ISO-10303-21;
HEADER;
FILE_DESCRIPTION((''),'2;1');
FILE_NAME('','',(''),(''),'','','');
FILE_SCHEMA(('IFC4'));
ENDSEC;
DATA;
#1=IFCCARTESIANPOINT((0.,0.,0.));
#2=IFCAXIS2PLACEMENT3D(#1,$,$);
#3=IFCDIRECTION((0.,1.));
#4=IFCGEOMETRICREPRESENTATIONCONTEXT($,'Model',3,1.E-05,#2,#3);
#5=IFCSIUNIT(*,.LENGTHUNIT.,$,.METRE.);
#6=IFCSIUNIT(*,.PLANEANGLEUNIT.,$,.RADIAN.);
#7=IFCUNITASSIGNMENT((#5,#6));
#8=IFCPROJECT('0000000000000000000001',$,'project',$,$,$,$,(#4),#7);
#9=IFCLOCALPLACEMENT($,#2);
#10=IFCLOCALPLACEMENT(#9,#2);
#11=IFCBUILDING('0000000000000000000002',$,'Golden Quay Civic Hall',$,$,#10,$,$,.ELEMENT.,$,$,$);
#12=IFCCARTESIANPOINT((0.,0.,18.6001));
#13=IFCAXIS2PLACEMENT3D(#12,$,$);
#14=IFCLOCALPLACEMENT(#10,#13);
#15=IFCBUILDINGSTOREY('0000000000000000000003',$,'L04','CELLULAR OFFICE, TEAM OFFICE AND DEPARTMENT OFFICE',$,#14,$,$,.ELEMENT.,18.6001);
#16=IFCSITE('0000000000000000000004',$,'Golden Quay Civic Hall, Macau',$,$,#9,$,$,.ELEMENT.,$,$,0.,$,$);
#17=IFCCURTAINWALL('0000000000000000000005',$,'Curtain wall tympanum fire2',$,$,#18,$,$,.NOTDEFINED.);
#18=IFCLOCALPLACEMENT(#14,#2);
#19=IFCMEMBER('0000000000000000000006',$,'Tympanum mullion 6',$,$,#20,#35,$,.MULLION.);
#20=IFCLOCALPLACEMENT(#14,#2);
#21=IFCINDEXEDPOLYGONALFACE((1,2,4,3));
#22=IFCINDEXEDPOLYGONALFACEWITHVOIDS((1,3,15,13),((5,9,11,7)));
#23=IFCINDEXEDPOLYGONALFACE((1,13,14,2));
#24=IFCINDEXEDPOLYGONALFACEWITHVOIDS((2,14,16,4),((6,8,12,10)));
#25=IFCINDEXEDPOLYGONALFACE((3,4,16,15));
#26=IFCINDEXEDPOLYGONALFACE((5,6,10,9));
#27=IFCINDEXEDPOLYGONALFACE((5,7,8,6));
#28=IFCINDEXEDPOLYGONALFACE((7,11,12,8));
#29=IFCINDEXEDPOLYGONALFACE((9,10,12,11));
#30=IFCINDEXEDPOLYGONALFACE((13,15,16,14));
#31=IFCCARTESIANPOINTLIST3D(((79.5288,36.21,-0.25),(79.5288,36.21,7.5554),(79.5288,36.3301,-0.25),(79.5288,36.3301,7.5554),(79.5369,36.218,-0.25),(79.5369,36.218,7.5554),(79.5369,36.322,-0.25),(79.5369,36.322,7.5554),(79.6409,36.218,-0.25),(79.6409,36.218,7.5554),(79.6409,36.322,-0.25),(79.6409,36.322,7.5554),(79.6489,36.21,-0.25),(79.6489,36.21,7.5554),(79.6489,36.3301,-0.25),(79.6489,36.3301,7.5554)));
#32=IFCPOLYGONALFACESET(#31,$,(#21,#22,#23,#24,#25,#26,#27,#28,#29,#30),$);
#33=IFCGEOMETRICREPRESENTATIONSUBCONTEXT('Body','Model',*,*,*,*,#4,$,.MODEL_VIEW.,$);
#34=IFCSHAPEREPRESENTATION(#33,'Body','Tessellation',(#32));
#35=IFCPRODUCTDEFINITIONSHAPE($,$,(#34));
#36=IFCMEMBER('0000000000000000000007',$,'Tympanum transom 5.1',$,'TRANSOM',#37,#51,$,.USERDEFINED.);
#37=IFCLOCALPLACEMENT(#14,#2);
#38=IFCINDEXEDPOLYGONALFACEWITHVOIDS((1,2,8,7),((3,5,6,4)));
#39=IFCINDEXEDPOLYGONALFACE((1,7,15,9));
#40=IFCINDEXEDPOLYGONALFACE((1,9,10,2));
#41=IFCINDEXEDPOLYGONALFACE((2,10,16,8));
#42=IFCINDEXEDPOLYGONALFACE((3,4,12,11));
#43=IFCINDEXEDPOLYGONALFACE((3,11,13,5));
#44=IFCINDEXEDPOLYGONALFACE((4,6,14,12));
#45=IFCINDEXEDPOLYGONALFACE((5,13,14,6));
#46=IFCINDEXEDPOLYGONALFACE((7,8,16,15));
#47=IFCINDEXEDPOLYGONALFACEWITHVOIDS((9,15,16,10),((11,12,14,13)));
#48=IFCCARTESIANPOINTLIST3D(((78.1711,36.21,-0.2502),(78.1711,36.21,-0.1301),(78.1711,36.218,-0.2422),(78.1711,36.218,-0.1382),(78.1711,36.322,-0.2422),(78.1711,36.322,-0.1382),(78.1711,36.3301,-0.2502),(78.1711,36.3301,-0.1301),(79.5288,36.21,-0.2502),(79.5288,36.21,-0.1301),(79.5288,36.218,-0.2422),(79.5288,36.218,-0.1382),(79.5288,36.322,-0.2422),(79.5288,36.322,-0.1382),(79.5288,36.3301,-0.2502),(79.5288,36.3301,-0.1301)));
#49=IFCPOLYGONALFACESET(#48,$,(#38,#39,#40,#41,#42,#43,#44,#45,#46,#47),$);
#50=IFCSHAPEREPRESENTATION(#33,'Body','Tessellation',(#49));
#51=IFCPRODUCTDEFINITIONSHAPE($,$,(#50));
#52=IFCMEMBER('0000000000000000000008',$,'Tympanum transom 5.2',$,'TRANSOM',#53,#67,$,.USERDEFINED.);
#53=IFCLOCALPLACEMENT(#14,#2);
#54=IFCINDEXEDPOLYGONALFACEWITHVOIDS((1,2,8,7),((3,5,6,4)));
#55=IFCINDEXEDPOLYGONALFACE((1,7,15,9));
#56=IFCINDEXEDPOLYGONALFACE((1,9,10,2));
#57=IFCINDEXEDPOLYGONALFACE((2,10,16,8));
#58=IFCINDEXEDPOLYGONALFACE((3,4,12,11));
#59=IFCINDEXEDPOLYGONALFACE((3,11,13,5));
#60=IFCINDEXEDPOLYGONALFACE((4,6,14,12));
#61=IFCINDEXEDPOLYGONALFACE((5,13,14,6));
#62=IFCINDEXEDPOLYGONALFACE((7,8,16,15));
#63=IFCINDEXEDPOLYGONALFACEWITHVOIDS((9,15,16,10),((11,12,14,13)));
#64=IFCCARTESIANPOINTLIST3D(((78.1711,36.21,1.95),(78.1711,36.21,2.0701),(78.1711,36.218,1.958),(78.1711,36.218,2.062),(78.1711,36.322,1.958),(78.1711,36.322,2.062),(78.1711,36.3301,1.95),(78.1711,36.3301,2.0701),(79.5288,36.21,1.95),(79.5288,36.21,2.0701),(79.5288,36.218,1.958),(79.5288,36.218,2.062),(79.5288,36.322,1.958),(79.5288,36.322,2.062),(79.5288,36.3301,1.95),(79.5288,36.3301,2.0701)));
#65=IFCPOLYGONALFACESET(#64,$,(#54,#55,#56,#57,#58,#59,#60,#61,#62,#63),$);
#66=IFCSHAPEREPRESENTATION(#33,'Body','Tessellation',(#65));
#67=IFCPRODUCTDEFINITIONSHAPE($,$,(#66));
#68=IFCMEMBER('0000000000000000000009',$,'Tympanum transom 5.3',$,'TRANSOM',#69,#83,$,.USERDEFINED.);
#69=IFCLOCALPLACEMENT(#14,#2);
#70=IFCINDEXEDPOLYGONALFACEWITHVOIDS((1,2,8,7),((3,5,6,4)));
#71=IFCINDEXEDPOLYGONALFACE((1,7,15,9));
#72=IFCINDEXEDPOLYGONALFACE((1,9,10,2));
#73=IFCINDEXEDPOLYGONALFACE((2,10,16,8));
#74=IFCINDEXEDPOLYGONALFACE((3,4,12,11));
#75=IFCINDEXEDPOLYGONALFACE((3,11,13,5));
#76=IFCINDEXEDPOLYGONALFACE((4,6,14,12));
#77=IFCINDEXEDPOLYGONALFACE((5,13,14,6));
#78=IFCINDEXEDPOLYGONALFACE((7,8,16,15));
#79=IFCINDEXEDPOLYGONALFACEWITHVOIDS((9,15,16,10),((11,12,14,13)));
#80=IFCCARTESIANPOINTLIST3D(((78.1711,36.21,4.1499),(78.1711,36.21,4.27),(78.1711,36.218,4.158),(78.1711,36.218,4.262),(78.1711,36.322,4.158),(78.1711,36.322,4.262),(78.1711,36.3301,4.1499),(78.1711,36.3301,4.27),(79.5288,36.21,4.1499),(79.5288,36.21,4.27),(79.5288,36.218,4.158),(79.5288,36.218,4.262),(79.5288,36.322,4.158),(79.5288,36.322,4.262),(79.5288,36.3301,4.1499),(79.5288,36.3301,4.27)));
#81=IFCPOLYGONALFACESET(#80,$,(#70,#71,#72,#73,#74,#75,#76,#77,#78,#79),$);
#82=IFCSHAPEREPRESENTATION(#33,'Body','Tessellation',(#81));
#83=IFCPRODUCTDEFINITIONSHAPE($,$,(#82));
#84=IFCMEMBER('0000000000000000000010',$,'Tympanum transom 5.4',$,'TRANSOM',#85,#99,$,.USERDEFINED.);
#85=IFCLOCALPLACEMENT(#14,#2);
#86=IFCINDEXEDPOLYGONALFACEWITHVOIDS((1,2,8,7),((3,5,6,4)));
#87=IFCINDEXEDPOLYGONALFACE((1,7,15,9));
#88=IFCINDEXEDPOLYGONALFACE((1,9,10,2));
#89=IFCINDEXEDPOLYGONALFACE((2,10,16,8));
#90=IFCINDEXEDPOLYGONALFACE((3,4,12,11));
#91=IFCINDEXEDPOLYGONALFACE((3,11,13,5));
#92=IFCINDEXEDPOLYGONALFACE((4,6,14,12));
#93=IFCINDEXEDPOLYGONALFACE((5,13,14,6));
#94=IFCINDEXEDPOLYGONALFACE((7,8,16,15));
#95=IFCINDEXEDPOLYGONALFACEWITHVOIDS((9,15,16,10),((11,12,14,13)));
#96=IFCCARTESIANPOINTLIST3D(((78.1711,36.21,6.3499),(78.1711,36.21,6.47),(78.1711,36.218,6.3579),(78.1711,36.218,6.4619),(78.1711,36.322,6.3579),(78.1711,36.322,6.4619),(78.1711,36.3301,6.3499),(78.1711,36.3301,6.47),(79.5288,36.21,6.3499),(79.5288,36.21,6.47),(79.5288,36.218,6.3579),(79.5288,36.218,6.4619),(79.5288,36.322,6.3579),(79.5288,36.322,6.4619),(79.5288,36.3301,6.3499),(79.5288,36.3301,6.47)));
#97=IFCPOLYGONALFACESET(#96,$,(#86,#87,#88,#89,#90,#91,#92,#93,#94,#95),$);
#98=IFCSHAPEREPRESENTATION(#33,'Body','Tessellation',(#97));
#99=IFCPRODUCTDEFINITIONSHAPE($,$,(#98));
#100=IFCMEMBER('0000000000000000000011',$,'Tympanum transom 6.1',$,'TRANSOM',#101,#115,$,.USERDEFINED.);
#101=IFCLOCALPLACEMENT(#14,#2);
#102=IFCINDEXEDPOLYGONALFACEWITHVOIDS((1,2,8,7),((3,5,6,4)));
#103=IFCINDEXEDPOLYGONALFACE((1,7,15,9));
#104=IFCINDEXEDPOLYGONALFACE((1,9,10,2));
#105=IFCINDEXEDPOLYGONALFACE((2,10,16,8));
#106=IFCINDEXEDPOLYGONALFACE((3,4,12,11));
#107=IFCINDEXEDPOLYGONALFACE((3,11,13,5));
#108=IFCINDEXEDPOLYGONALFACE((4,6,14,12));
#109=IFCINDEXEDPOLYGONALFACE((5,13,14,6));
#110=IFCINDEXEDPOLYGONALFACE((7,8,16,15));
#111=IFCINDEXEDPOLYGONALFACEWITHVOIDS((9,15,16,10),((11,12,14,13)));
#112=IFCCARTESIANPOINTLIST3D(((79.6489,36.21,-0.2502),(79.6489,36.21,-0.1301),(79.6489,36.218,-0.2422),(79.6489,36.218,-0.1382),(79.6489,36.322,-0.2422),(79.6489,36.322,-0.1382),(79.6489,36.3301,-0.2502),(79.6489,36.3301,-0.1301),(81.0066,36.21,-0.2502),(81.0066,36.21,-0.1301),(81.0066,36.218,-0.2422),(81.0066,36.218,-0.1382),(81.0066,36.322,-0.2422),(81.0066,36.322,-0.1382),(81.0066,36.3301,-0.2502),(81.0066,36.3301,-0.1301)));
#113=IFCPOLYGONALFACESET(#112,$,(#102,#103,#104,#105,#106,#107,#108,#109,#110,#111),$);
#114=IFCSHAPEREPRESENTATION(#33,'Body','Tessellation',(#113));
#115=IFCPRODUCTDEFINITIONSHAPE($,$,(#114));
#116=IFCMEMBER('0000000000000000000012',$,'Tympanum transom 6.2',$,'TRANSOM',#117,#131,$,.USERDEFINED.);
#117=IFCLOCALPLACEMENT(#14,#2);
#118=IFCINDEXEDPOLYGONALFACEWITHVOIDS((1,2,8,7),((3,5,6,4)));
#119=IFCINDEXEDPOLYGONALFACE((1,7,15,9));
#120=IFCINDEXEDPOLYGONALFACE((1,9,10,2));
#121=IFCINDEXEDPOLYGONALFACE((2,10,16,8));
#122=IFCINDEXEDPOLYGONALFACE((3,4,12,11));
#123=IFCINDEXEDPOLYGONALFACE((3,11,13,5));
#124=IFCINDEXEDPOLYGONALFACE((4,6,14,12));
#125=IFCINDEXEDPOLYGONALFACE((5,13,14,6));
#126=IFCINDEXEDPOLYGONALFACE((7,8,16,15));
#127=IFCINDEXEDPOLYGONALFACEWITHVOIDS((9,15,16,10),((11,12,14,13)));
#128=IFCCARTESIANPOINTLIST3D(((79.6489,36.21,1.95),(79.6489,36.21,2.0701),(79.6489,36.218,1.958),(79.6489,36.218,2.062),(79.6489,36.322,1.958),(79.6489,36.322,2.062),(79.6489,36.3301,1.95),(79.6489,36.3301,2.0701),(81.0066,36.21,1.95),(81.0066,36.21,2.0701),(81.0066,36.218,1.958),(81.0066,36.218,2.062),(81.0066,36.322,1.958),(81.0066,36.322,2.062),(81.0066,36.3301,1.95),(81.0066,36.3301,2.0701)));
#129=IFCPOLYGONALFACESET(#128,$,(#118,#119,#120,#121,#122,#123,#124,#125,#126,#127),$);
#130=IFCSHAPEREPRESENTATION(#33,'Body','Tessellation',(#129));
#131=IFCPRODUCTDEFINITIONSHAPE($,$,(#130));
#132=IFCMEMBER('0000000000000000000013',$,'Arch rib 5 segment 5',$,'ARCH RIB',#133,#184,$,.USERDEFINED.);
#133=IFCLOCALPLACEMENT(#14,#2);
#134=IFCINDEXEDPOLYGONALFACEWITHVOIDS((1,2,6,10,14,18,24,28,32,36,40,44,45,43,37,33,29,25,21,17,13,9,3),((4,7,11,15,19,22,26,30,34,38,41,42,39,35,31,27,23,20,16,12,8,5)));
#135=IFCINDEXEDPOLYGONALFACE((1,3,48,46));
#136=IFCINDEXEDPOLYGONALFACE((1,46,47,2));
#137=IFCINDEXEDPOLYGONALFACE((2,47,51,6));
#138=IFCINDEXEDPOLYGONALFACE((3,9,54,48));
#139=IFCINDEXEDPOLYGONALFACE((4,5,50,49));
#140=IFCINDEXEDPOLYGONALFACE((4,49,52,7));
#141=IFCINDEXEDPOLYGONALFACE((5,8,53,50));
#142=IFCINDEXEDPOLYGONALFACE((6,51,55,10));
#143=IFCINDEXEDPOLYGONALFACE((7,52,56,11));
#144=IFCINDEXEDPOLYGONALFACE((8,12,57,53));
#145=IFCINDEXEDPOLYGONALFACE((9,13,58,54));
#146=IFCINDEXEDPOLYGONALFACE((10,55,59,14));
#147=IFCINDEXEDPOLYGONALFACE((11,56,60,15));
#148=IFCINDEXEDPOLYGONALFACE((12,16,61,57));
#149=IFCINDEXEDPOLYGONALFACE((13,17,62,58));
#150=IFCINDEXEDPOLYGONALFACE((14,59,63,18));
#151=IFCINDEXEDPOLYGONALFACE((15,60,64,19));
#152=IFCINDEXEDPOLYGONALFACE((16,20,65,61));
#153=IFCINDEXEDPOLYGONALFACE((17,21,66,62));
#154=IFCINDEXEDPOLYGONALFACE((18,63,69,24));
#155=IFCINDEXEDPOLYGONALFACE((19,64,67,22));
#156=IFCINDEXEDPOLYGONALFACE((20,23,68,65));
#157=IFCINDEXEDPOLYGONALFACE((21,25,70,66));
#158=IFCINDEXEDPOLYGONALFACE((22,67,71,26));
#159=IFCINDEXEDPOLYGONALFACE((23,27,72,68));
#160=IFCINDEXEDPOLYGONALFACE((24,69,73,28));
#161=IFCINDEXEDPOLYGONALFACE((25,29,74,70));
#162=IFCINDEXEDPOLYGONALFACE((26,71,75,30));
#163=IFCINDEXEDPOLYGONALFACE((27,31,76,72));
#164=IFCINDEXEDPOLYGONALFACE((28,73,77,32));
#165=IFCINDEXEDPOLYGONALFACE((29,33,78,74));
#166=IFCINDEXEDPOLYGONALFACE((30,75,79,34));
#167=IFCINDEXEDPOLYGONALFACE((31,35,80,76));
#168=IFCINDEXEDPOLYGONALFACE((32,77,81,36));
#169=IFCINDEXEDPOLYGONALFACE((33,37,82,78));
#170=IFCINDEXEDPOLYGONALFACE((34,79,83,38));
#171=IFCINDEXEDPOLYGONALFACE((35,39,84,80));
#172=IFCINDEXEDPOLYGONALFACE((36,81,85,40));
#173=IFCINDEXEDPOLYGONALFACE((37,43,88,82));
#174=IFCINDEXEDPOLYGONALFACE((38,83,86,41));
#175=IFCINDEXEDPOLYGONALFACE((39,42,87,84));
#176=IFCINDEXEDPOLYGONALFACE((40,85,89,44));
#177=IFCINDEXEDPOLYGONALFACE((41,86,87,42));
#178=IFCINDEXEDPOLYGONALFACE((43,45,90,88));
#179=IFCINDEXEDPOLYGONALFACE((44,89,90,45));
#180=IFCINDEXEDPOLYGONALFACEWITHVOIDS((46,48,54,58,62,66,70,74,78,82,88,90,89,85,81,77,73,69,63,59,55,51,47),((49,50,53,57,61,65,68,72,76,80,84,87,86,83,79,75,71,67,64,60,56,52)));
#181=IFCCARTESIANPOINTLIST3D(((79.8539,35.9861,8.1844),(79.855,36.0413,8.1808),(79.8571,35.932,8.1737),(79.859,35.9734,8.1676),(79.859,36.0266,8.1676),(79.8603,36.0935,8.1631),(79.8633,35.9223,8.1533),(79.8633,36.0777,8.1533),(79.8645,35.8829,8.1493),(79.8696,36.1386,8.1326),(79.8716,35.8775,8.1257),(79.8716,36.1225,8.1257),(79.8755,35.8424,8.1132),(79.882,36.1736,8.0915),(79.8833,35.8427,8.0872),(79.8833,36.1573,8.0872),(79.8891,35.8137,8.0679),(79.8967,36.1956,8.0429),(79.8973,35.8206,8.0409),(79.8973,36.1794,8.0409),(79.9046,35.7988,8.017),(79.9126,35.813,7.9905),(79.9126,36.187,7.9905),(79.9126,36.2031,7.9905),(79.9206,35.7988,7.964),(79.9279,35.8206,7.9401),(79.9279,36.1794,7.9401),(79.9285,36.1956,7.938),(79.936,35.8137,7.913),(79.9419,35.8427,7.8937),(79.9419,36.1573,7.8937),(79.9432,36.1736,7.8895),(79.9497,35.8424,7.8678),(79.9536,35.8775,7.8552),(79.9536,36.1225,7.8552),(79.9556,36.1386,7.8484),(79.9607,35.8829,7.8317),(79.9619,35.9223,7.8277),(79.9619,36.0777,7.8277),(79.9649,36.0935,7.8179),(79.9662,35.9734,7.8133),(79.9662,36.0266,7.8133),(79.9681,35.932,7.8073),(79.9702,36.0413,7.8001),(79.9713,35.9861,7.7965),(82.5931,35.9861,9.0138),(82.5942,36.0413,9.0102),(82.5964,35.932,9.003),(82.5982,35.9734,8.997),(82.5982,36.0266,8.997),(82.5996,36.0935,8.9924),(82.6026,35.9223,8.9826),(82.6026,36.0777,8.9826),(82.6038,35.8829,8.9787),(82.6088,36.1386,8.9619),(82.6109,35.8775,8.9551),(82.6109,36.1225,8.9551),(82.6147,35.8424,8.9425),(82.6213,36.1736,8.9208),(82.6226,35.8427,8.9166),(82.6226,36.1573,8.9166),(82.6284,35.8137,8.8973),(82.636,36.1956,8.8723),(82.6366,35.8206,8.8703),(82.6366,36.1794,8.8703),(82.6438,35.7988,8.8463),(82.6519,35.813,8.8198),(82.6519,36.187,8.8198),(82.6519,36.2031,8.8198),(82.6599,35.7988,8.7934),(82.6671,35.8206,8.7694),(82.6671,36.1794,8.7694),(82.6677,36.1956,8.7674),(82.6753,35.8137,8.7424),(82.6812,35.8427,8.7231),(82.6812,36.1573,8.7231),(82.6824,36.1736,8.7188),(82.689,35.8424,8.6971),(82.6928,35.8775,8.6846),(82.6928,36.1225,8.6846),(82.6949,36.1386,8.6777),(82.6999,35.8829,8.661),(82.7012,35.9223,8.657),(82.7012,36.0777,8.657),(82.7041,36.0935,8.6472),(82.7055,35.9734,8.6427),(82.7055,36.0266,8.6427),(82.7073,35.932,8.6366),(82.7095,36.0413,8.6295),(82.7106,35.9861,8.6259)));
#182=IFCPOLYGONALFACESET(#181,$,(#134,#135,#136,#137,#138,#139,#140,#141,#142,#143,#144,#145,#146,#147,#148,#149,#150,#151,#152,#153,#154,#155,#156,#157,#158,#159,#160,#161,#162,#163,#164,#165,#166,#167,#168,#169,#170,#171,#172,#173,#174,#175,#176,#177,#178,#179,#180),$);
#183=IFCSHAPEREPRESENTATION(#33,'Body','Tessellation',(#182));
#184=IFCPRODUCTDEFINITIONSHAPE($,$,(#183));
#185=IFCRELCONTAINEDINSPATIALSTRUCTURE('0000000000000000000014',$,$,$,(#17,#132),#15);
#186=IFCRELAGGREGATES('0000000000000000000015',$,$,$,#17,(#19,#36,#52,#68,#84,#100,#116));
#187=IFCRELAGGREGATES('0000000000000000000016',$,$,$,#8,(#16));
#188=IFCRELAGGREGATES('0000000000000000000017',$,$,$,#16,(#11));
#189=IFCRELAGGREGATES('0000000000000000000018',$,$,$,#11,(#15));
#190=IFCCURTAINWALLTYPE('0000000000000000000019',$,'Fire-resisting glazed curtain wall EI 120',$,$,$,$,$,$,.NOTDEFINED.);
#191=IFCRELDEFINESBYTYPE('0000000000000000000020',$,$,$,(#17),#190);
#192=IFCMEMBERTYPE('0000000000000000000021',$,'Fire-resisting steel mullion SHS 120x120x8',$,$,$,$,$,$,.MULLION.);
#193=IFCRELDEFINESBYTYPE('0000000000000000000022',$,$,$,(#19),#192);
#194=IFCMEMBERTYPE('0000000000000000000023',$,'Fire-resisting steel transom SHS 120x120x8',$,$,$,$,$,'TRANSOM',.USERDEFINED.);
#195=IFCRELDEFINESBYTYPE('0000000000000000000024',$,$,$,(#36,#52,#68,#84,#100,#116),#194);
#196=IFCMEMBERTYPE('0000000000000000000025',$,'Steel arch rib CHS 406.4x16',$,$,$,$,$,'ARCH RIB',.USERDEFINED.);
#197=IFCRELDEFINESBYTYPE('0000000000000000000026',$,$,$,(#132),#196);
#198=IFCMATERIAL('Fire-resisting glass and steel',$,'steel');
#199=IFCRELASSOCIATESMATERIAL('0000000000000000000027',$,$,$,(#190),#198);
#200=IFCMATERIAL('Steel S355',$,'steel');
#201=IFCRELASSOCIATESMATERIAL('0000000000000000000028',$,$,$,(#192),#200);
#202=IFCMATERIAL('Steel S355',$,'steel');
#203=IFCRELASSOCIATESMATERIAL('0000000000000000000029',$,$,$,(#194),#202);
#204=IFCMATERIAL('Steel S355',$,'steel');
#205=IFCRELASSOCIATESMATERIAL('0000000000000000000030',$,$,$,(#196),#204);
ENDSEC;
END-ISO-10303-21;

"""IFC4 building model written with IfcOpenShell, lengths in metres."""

from ifc_helpers import new_model, si_unit, direction, frame, origin, origin_2d, place, context, subcontext, project, spatial, hollow_rectangle, hollow_circle, extrude, material, material_profile, profile_set, type_object, element, aggregate, save


model = new_model("IFC4")

# Units and contexts
model_context = context("Model", 3, precision=1e-05, world=origin(), true_north=direction((0.0, 1.0)))
body_context = subcontext(model_context, "Body", "Model", "MODEL_VIEW")
ifc_project = project(units=[si_unit("LENGTHUNIT", "METRE"), si_unit("PLANEANGLEUNIT", "RADIAN")], contexts=[model_context])

# Site, building, storey
site_placement = place(None, origin())
site = spatial("IfcSite", under=ifc_project, at=site_placement, Name="Golden Quay Civic Hall, Macau", CompositionType="ELEMENT", RefElevation=0.0)
building_placement = place(site_placement, origin())
building = spatial("IfcBuilding", under=site, at=building_placement, Name="Golden Quay Civic Hall", CompositionType="ELEMENT")
storey_placement = place(building_placement, frame((0.0, 0.0, 18.6001)))
storey = spatial("IfcBuildingStorey", under=building, at=storey_placement, Name="L04", Description="CELLULAR OFFICE, TEAM OFFICE AND DEPARTMENT OFFICE", CompositionType="ELEMENT", Elevation=18.6001)

# Curtain wall, members
ifc_material_1 = material(Name="Fire-resisting glass and steel", Category="steel")
curtain_wall_type = type_object("IfcCurtainWallType", Name="Fire-resisting glazed curtain wall EI 120", PredefinedType="NOTDEFINED", material=ifc_material_1)
curtain_wall_placement = place(storey_placement, origin())
curtain_wall = element("IfcCurtainWall", 1, at=curtain_wall_placement, inside=storey, type_object=curtain_wall_type, Name="Curtain wall tympanum fire2", PredefinedType="NOTDEFINED")
ifc_material_2 = material(Name="Steel S355", Category="steel")
ifc_material_profile_1 = material_profile(ifc_material_2, hollow_rectangle(XDim=0.1201, YDim=0.1201, WallThickness=0.0081, at=origin_2d()), Name="SHS 120x120x8")
ifc_profile_set_1 = profile_set([ifc_material_profile_1], Name="Steel S355")
member_type_1 = type_object("IfcMemberType", Name="Fire-resisting steel mullion SHS 120x120x8", PredefinedType="MULLION", material=ifc_profile_set_1)
member_1_placement = place(storey_placement, frame((79.5889, 36.27, -0.25), z_axis=(0.0, 0.0, 1.0), x_axis=(0.0, 1.0, 0.0)))
member_1 = element("IfcMember", 2, at=member_1_placement, type_object=member_type_1, Name="Tympanum mullion 6", PredefinedType="MULLION", context=body_context, shape_type="SweptSolid", body=[
    extrude(hollow_rectangle(XDim=0.1201, YDim=0.1201, WallThickness=0.0081, at=origin_2d()), origin(), (0.0, 0.0, 1.0), 7.8054),
])
ifc_material_3 = material(Name="Steel S355", Category="steel")
ifc_material_profile_2 = material_profile(ifc_material_3, hollow_rectangle(XDim=0.1201, YDim=0.1201, WallThickness=0.0081, at=origin_2d()), Name="SHS 120x120x8")
ifc_profile_set_2 = profile_set([ifc_material_profile_2], Name="Steel S355")
member_type_2 = type_object("IfcMemberType", Name="Fire-resisting steel transom SHS 120x120x8", ElementType="TRANSOM", PredefinedType="USERDEFINED", material=ifc_profile_set_2)
member_2_placement = place(storey_placement, frame((78.1711, 36.27, -0.1902), z_axis=(1.0, 0.0, 0.0), x_axis=(0.0, 1.0, 0.0)))
member_2 = element("IfcMember", 3, at=member_2_placement, type_object=member_type_2, Name="Tympanum transom 5.1", ObjectType="TRANSOM", PredefinedType="USERDEFINED", context=body_context, shape_type="SweptSolid", body=[
    extrude(hollow_rectangle(XDim=0.1201, YDim=0.1201, WallThickness=0.0081, at=origin_2d()), origin(), (0.0, 0.0, 1.0), 1.3577),
])
member_3_placement = place(storey_placement, frame((78.1711, 36.27, 2.01), z_axis=(1.0, 0.0, 0.0), x_axis=(0.0, 1.0, 0.0)))
member_3 = element("IfcMember", 4, at=member_3_placement, type_object=member_type_2, Name="Tympanum transom 5.2", ObjectType="TRANSOM", PredefinedType="USERDEFINED", context=body_context, shape_type="SweptSolid", body=[
    extrude(hollow_rectangle(XDim=0.1201, YDim=0.1201, WallThickness=0.0081, at=origin_2d()), origin(), (0.0, 0.0, 1.0), 1.3577),
])
member_4_placement = place(storey_placement, frame((78.1711, 36.27, 4.21), z_axis=(1.0, 0.0, 0.0), x_axis=(0.0, 1.0, 0.0)))
member_4 = element("IfcMember", 5, at=member_4_placement, type_object=member_type_2, Name="Tympanum transom 5.3", ObjectType="TRANSOM", PredefinedType="USERDEFINED", context=body_context, shape_type="SweptSolid", body=[
    extrude(hollow_rectangle(XDim=0.1201, YDim=0.1201, WallThickness=0.0081, at=origin_2d()), origin(), (0.0, 0.0, 1.0), 1.3577),
])
member_5_placement = place(storey_placement, frame((78.1711, 36.27, 6.4099), z_axis=(1.0, 0.0, 0.0), x_axis=(0.0, 1.0, 0.0)))
member_5 = element("IfcMember", 6, at=member_5_placement, type_object=member_type_2, Name="Tympanum transom 5.4", ObjectType="TRANSOM", PredefinedType="USERDEFINED", context=body_context, shape_type="SweptSolid", body=[
    extrude(hollow_rectangle(XDim=0.1201, YDim=0.1201, WallThickness=0.0081, at=origin_2d()), origin(), (0.0, 0.0, 1.0), 1.3577),
])
member_6_placement = place(storey_placement, frame((79.6489, 36.27, -0.1902), z_axis=(1.0, 0.0, 0.0), x_axis=(0.0, 1.0, 0.0)))
member_6 = element("IfcMember", 7, at=member_6_placement, type_object=member_type_2, Name="Tympanum transom 6.1", ObjectType="TRANSOM", PredefinedType="USERDEFINED", context=body_context, shape_type="SweptSolid", body=[
    extrude(hollow_rectangle(XDim=0.1201, YDim=0.1201, WallThickness=0.0081, at=origin_2d()), origin(), (0.0, 0.0, 1.0), 1.3577),
])
member_7_placement = place(storey_placement, frame((79.6489, 36.27, 2.01), z_axis=(1.0, 0.0, 0.0), x_axis=(0.0, 1.0, 0.0)))
member_7 = element("IfcMember", 8, at=member_7_placement, type_object=member_type_2, Name="Tympanum transom 6.2", ObjectType="TRANSOM", PredefinedType="USERDEFINED", context=body_context, shape_type="SweptSolid", body=[
    extrude(hollow_rectangle(XDim=0.1201, YDim=0.1201, WallThickness=0.0081, at=origin_2d()), origin(), (0.0, 0.0, 1.0), 1.3577),
])
aggregate(curtain_wall, [member_1, member_2, member_3, member_4, member_5, member_6, member_7])

# Member
ifc_material_4 = material(Name="Steel S355", Category="steel")
ifc_material_profile_3 = material_profile(ifc_material_4, hollow_circle(Radius=0.2031, WallThickness=0.0161, at=origin_2d()), Name="CHS 406.4x16")
ifc_profile_set_3 = profile_set([ifc_material_profile_3], Name="Steel S355")
member_type_3 = type_object("IfcMemberType", Name="Steel arch rib CHS 406.4x16", ElementType="ARCH RIB", PredefinedType="USERDEFINED", material=ifc_profile_set_3)
member_8_placement = place(storey_placement, frame((79.9126, 36.0, 7.9905), z_axis=(0.957095, 0.0, 0.289773), x_axis=(0.0, 1.0, 0.0)))
element("IfcMember", 9, at=member_8_placement, inside=storey, type_object=member_type_3, Name="Arch rib 5 segment 5", ObjectType="ARCH RIB", PredefinedType="USERDEFINED", context=body_context, shape_type="SweptSolid", body=[
    extrude(hollow_circle(Radius=0.2031, WallThickness=0.0161, at=origin_2d()), origin(), (0.0, 0.0, 1.0), 2.8621),
])

save(model, "model.ifc")
